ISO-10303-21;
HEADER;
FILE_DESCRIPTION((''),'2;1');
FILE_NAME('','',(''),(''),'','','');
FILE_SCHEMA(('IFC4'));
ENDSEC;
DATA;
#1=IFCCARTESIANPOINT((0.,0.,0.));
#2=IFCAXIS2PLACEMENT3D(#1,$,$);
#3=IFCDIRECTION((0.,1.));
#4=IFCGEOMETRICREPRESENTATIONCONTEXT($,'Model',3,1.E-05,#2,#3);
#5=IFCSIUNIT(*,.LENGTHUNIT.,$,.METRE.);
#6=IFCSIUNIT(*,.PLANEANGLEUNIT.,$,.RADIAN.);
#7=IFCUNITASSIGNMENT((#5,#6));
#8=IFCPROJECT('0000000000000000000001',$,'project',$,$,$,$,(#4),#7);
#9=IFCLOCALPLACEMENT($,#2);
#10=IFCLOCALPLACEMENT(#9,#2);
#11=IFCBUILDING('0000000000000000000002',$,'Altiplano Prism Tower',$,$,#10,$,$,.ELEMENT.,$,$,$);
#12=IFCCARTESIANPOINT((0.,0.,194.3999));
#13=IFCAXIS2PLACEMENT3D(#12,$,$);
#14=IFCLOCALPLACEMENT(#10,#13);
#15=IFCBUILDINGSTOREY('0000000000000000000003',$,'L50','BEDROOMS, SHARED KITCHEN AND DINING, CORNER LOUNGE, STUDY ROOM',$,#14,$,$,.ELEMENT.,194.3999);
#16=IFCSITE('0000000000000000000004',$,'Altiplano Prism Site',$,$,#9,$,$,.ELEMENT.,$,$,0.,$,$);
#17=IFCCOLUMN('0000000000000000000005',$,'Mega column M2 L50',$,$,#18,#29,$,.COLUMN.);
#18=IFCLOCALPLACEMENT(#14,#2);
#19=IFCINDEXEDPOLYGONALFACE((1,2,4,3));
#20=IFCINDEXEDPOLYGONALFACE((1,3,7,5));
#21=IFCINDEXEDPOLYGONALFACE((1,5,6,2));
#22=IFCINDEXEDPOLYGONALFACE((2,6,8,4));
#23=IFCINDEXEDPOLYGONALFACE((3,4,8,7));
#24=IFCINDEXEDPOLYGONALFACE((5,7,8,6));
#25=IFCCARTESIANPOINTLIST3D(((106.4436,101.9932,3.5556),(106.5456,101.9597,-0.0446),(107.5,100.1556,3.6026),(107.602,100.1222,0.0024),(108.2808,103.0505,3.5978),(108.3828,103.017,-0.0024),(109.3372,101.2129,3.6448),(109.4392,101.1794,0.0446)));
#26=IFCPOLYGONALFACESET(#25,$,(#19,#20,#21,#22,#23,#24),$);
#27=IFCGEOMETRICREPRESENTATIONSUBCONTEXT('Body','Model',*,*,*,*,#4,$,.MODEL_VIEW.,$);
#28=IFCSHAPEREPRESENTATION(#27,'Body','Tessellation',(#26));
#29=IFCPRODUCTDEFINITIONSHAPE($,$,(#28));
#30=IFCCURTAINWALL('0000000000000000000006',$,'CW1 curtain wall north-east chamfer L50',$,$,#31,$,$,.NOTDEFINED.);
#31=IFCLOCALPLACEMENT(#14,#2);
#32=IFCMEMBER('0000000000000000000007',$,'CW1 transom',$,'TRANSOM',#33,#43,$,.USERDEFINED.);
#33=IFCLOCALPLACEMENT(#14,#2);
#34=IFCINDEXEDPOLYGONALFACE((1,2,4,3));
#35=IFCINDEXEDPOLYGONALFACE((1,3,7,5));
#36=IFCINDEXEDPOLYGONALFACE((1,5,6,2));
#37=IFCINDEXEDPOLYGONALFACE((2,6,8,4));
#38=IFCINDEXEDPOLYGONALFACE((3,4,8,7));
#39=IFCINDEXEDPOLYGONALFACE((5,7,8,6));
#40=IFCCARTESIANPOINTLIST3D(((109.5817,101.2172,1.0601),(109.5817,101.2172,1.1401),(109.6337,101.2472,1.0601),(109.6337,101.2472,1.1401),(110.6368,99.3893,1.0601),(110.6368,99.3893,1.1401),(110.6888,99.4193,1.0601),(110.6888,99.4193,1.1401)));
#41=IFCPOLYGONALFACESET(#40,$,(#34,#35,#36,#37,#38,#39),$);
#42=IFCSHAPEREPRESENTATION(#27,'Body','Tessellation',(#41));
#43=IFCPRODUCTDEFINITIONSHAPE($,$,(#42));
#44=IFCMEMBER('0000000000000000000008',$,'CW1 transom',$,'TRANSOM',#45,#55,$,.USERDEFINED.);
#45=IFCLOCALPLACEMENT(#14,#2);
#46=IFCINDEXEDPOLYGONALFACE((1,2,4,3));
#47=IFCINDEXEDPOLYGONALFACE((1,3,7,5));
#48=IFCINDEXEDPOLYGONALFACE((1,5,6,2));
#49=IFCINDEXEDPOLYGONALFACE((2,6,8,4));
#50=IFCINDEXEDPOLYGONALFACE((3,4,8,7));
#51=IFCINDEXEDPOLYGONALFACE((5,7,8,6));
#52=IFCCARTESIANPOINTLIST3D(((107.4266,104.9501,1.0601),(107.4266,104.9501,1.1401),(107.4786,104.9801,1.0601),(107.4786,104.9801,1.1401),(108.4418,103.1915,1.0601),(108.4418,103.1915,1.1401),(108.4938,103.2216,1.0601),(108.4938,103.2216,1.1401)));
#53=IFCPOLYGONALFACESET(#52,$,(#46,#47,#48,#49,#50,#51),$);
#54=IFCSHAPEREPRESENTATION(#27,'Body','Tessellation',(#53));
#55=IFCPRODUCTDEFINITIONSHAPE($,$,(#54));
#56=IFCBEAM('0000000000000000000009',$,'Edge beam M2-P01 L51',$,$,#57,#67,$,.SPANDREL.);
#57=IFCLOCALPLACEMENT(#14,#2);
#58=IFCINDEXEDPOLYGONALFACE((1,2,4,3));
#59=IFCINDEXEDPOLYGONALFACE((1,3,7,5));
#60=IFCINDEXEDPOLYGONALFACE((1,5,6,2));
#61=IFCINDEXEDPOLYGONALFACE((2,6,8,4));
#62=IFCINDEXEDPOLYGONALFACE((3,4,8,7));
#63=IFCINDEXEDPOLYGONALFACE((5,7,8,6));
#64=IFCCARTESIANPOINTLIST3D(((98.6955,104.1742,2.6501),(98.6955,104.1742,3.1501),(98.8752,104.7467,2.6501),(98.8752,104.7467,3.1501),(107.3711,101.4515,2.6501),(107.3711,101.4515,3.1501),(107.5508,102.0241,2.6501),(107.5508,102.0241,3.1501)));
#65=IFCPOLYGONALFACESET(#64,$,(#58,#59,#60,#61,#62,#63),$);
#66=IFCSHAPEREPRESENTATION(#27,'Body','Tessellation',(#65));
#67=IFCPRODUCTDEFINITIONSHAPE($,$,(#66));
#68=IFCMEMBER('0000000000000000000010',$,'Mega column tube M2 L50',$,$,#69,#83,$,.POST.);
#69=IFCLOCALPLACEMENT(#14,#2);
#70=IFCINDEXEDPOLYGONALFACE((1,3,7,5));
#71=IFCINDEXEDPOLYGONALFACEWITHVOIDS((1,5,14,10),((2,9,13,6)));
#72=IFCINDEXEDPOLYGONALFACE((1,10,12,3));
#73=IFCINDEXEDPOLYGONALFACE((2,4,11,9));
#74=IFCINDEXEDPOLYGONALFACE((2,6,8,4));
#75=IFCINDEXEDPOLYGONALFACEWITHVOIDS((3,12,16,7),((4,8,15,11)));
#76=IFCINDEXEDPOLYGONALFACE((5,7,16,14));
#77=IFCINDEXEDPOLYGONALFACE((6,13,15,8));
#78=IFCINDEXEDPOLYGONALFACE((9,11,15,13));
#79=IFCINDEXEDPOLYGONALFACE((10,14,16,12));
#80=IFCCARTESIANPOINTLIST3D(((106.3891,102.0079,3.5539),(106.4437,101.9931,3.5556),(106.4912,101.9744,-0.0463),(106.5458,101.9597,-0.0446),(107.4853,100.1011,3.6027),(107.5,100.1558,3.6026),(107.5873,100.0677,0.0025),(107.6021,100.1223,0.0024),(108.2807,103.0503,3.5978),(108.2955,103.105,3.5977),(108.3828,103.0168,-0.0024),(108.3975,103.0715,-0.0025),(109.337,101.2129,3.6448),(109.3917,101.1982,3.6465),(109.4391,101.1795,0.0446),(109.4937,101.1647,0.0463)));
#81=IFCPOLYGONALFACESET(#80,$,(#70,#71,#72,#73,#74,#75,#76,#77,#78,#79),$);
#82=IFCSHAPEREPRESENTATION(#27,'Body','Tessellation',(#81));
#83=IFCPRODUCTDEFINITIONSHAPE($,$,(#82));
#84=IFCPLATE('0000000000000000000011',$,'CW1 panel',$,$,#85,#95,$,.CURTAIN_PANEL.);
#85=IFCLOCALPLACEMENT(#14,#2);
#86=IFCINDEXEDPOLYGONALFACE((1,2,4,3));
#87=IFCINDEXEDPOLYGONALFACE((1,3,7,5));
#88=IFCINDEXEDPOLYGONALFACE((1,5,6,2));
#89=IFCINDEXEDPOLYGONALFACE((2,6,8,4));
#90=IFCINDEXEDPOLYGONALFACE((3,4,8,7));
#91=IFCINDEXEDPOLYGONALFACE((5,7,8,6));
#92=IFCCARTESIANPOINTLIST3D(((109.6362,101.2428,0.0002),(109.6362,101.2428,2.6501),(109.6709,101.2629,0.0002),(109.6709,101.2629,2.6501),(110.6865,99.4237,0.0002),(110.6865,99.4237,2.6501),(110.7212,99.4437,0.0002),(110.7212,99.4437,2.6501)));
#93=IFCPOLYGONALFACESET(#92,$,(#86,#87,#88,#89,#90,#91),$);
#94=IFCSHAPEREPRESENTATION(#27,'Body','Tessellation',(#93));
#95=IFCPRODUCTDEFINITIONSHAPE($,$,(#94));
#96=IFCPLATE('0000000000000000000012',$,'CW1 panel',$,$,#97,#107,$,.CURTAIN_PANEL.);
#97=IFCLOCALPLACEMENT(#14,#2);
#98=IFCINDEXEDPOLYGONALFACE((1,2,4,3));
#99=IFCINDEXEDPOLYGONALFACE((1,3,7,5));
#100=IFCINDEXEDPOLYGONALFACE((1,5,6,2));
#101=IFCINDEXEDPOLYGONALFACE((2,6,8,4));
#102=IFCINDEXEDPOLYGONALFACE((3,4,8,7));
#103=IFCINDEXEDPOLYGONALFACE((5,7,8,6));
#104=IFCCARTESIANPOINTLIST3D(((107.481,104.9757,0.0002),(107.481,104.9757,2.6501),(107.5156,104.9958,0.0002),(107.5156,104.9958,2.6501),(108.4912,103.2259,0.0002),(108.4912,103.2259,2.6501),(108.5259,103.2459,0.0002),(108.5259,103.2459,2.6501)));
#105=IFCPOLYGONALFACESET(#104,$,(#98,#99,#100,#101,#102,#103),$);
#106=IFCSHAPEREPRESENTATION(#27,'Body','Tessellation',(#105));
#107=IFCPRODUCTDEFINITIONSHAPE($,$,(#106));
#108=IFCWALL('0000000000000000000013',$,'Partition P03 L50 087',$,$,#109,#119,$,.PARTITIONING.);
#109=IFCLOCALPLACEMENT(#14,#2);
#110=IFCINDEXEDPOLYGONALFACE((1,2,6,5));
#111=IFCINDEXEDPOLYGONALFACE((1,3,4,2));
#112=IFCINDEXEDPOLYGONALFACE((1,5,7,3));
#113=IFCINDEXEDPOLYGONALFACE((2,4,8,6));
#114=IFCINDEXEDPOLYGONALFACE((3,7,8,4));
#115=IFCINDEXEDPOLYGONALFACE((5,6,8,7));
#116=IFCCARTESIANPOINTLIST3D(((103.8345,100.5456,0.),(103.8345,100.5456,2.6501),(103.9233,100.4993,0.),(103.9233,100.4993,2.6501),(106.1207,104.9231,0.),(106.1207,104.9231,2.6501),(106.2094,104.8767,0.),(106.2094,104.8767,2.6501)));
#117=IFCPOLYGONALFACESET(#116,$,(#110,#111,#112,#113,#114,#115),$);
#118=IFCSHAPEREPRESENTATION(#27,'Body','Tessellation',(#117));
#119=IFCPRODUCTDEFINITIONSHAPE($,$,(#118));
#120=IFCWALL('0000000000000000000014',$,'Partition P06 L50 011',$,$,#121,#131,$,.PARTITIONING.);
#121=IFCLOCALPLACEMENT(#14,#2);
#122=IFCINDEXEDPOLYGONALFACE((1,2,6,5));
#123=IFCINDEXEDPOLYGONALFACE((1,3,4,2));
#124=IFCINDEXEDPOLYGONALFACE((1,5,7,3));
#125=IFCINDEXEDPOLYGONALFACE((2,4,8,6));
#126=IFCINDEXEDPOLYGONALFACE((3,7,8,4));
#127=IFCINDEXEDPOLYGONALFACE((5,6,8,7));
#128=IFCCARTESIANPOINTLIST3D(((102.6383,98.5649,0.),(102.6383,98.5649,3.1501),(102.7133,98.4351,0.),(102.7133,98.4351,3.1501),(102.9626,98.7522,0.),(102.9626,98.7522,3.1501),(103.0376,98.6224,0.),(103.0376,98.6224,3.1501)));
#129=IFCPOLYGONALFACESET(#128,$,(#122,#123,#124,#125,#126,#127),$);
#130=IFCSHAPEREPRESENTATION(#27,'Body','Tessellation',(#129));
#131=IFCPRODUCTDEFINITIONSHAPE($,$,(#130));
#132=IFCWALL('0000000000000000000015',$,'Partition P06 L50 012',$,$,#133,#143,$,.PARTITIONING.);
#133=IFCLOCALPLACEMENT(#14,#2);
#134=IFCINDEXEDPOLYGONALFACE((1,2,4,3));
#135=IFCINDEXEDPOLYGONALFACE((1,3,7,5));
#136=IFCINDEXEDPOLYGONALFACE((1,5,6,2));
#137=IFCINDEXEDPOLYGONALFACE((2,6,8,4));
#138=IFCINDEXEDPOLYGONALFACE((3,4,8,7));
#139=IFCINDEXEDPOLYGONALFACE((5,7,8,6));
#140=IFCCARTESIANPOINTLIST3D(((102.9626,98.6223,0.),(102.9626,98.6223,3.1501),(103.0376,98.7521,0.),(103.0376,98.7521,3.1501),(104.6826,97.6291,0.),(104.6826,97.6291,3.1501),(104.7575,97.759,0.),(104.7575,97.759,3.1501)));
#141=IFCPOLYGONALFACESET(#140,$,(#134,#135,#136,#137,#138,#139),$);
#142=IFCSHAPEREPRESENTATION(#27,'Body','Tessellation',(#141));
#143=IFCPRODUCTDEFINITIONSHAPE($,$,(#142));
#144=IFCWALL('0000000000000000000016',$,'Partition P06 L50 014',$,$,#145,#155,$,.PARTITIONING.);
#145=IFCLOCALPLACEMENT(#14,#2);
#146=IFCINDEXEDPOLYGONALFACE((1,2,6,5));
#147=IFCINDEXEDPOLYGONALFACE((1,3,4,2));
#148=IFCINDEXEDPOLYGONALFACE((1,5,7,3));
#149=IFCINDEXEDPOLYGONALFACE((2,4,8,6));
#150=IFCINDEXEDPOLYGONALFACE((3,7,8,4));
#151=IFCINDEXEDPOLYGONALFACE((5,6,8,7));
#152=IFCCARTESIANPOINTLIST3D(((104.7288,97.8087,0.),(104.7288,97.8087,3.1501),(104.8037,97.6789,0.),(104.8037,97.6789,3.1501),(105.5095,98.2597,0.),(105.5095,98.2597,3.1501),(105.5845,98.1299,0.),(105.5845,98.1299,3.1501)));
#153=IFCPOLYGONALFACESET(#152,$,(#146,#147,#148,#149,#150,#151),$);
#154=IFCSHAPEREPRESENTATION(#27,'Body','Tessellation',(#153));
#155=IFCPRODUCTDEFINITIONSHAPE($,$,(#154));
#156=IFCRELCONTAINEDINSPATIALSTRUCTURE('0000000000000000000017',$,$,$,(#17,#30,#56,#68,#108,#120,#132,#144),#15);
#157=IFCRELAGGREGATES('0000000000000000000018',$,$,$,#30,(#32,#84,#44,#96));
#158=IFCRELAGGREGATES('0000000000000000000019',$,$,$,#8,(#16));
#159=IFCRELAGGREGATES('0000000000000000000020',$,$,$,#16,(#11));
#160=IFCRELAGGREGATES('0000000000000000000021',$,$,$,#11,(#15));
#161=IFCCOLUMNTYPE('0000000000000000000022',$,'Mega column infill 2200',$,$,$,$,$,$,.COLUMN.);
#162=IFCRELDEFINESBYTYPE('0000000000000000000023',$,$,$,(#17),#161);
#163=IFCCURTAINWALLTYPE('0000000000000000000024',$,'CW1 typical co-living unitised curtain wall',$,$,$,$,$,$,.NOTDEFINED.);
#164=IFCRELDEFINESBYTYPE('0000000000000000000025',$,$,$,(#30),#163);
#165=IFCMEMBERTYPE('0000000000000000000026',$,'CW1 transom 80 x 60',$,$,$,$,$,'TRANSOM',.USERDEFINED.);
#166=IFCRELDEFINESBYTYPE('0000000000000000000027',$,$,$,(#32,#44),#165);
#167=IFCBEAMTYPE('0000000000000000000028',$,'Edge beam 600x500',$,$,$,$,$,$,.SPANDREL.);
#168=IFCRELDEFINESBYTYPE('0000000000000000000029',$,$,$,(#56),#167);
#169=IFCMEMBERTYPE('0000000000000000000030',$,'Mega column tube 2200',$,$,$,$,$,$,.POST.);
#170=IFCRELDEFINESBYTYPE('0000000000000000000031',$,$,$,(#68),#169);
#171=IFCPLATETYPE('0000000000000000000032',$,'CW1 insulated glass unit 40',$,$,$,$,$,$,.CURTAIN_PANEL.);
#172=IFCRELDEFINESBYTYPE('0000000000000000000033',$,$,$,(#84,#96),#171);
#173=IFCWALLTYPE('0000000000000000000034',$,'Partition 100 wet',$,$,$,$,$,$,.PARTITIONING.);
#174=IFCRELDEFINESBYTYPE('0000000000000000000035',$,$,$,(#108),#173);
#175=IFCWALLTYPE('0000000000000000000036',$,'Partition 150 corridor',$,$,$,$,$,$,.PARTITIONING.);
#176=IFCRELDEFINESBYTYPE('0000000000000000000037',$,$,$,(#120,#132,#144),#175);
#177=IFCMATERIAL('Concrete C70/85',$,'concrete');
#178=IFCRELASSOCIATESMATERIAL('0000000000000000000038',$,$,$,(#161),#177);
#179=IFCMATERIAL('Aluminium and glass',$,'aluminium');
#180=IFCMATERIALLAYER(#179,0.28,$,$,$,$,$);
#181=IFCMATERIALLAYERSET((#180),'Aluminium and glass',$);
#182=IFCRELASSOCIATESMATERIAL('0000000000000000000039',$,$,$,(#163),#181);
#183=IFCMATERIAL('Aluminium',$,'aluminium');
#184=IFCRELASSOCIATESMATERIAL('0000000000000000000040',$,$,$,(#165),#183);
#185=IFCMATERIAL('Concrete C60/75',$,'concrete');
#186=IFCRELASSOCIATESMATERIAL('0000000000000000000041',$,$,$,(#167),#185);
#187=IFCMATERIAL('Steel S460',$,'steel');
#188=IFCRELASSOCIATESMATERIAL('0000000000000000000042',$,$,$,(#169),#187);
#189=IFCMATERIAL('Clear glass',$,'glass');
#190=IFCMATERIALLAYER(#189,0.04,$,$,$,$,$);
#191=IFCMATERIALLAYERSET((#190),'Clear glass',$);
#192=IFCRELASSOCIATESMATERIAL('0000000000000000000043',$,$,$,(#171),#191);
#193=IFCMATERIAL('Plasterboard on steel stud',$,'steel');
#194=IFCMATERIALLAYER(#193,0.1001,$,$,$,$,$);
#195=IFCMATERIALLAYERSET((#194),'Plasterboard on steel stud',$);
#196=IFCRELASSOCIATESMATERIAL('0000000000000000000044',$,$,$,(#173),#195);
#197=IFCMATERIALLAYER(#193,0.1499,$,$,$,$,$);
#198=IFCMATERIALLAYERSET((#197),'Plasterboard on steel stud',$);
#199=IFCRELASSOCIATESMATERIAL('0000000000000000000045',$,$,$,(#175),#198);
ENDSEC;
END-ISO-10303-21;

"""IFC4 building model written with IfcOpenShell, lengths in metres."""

from ifc_helpers import new_model, si_unit, direction, frame, frame_2d, origin, origin_2d, place, context, subcontext, project, spatial, rectangle, hollow_rectangle, extrude, material, layer, layer_set, material_profile, profile_set, type_object, element, aggregate, save


model = new_model("IFC4")

# Units and contexts
model_context = context("Model", 3, precision=1e-05, world=origin(), true_north=direction((0.0, 1.0)))
body_context = subcontext(model_context, "Body", "Model", "MODEL_VIEW")
ifc_project = project(units=[si_unit("LENGTHUNIT", "METRE"), si_unit("PLANEANGLEUNIT", "RADIAN")], contexts=[model_context])

# Site, building, storey
site_placement = place(None, origin())
site = spatial("IfcSite", under=ifc_project, at=site_placement, Name="Altiplano Prism Site", CompositionType="ELEMENT", RefElevation=0.0)
building_placement = place(site_placement, origin())
building = spatial("IfcBuilding", under=site, at=building_placement, Name="Altiplano Prism Tower", CompositionType="ELEMENT")
storey_placement = place(building_placement, frame((0.0, 0.0, 194.3999)))
storey = spatial("IfcBuildingStorey", under=building, at=storey_placement, Name="L50", Description="BEDROOMS, SHARED KITCHEN AND DINING, CORNER LOUNGE, STUDY ROOM", CompositionType="ELEMENT", Elevation=194.3999)

# Column
ifc_material_1 = material(Name="Concrete C70/85", Category="concrete")
ifc_material_profile_1 = material_profile(ifc_material_1, rectangle(XDim=2.1201, YDim=2.1201, at=origin_2d()), Name="Mega column infill 2200")
ifc_profile_set_1 = profile_set([ifc_material_profile_1], Name="Concrete C70/85")
column_type = type_object("IfcColumnType", Name="Mega column infill 2200", PredefinedType="COLUMN", material=ifc_profile_set_1)
column_placement = place(storey_placement, frame((107.9924, 101.5696, 0.0), z_axis=(-0.028334, 0.009287, 0.999555), x_axis=(0.498275, -0.866735, 0.022177)))
element("IfcColumn", 1, at=column_placement, inside=storey, type_object=column_type, Name="Mega column M2 L50", PredefinedType="COLUMN", context=body_context, shape_type="SweptSolid", body=[
    extrude(rectangle(XDim=2.1201, YDim=2.1201, at=origin_2d()), origin(), (0.0, 0.0, 1.0), 3.6018),
])

# Curtain wall, members
ifc_material_2 = material(Name="Aluminium and glass", Category="aluminium")
ifc_layer_1 = layer(ifc_material_2, 0.28)
ifc_layer_set_1 = layer_set([ifc_layer_1], Name="Aluminium and glass")
curtain_wall_type = type_object("IfcCurtainWallType", Name="CW1 typical co-living unitised curtain wall", PredefinedType="NOTDEFINED", material=ifc_layer_set_1)
curtain_wall_placement = place(storey_placement, origin())
curtain_wall = element("IfcCurtainWall", 2, at=curtain_wall_placement, inside=storey, type_object=curtain_wall_type, Name="CW1 curtain wall north-east chamfer L50", PredefinedType="NOTDEFINED")
ifc_material_3 = material(Name="Aluminium", Category="aluminium")
ifc_material_profile_2 = material_profile(ifc_material_3, rectangle(XDim=0.0601, YDim=0.0801, at=origin_2d()), Name="CW1 transom 80 x 60")
ifc_profile_set_2 = profile_set([ifc_material_profile_2], Name="Aluminium")
member_type_1 = type_object("IfcMemberType", Name="CW1 transom 80 x 60", ElementType="TRANSOM", PredefinedType="USERDEFINED", material=ifc_profile_set_2)
member_1_placement = place(storey_placement, frame((110.6628, 99.4043, 1.1001), z_axis=(-0.499946, 0.866057, 0.0), x_axis=(-0.866057, -0.499946, 0.0)))
member_1 = element("IfcMember", 3, at=member_1_placement, type_object=member_type_1, Name="CW1 transom", ObjectType="TRANSOM", PredefinedType="USERDEFINED", context=body_context, shape_type="SweptSolid", body=[
    extrude(rectangle(XDim=0.0601, YDim=0.0801, at=origin_2d()), origin(), (0.0, 0.0, 1.0), 2.1106),
])
member_2_placement = place(storey_placement, frame((108.4678, 103.2065, 1.1001), z_axis=(-0.499941, 0.866059, 0.0), x_axis=(-0.866059, -0.499941, 0.0)))
member_2 = element("IfcMember", 4, at=member_2_placement, type_object=member_type_1, Name="CW1 transom", ObjectType="TRANSOM", PredefinedType="USERDEFINED", context=body_context, shape_type="SweptSolid", body=[
    extrude(rectangle(XDim=0.0601, YDim=0.0801, at=origin_2d()), origin(), (0.0, 0.0, 1.0), 2.0305),
])

# Beam
ifc_material_4 = material(Name="Concrete C60/75", Category="concrete")
ifc_material_profile_3 = material_profile(ifc_material_4, rectangle(XDim=0.6001, YDim=0.5, at=origin_2d()), Name="Edge beam 600x500")
ifc_profile_set_3 = profile_set([ifc_material_profile_3], Name="Concrete C60/75")
beam_type = type_object("IfcBeamType", Name="Edge beam 600x500", PredefinedType="SPANDREL", material=ifc_profile_set_3)
beam_placement = place(storey_placement, frame((107.4609, 101.7378, 2.9001), z_axis=(-0.954118, 0.299432, 0.0), x_axis=(-0.299432, -0.954118, 0.0)))
element("IfcBeam", 5, at=beam_placement, inside=storey, type_object=beam_type, Name="Edge beam M2-P01 L51", PredefinedType="SPANDREL", context=body_context, shape_type="SweptSolid", body=[
    extrude(rectangle(XDim=0.6001, YDim=0.5, at=origin_2d()), origin(), (0.0, 0.0, 1.0), 9.0928),
])

# Member
ifc_material_5 = material(Name="Steel S460", Category="steel")
ifc_material_profile_4 = material_profile(ifc_material_5, hollow_rectangle(XDim=2.2, YDim=2.2, WallThickness=0.04, at=origin_2d()), Name="Mega column tube 2200")
ifc_profile_set_4 = profile_set([ifc_material_profile_4], Name="Steel S460")
member_type_2 = type_object("IfcMemberType", Name="Mega column tube 2200", PredefinedType="POST", material=ifc_profile_set_4)
member_3_placement = place(storey_placement, frame((107.9924, 101.5696, 0.0), z_axis=(-0.028334, 0.009287, 0.999555), x_axis=(0.498275, -0.866735, 0.022177)))
element("IfcMember", 6, at=member_3_placement, inside=storey, type_object=member_type_2, Name="Mega column tube M2 L50", PredefinedType="POST", context=body_context, shape_type="SweptSolid", body=[
    extrude(hollow_rectangle(XDim=2.2, YDim=2.2, WallThickness=0.04, at=origin_2d()), origin(), (0.0, 0.0, 1.0), 3.6018),
])

# Plates
ifc_material_6 = material(Name="Clear glass", Category="glass")
ifc_layer_2 = layer(ifc_material_6, 0.04)
ifc_layer_set_2 = layer_set([ifc_layer_2], Name="Clear glass")
plate_type = type_object("IfcPlateType", Name="CW1 insulated glass unit 40", PredefinedType="CURTAIN_PANEL", material=ifc_layer_set_2)
plate_1_placement = place(storey_placement, frame((110.1787, 100.3433, 0.0002), z_axis=(0.0, 0.0, 1.0), x_axis=(-0.5, 0.866025, 0.0)))
plate_1 = element("IfcPlate", 7, at=plate_1_placement, type_object=plate_type, Name="CW1 panel", PredefinedType="CURTAIN_PANEL", context=body_context, shape_type="SweptSolid", body=[
    extrude(rectangle(XDim=2.1006, YDim=0.04, at=origin_2d()), origin(), (0.0, 0.0, 1.0), 2.6499),
])
plate_2_placement = place(storey_placement, frame((108.0034, 104.1108, 0.0002), z_axis=(0.0, 0.0, 1.0), x_axis=(-0.5, 0.866025, 0.0)))
plate_2 = element("IfcPlate", 8, at=plate_2_placement, type_object=plate_type, Name="CW1 panel", PredefinedType="CURTAIN_PANEL", context=body_context, shape_type="SweptSolid", body=[
    extrude(rectangle(XDim=2.0205, YDim=0.04, at=origin_2d()), origin(), (0.0, 0.0, 1.0), 2.6499),
])
aggregate(curtain_wall, [member_1, plate_1, member_2, plate_2])

# Walls
ifc_material_7 = material(Name="Plasterboard on steel stud", Category="steel")
ifc_layer_3 = layer(ifc_material_7, 0.1001)
ifc_layer_set_3 = layer_set([ifc_layer_3], Name="Plasterboard on steel stud")
wall_type_1 = type_object("IfcWallType", Name="Partition 100 wet", PredefinedType="PARTITIONING", material=ifc_layer_set_3)
wall_1_placement = place(storey_placement, frame((106.165, 104.8999, 0.0), z_axis=(0.0, 0.0, 1.0), x_axis=(-0.462924, -0.886398, 0.0)))
element("IfcWall", 9, at=wall_1_placement, inside=storey, type_object=wall_type_1, Name="Partition P03 L50 087", PredefinedType="PARTITIONING", context=body_context, shape_type="SweptSolid", body=[
    extrude(rectangle(XDim=4.9385, YDim=0.1001, at=frame_2d((2.4692, 0.0))), origin(), (0.0, 0.0, 1.0), 2.6501),
])
ifc_layer_4 = layer(ifc_material_7, 0.1499)
ifc_layer_set_4 = layer_set([ifc_layer_4], Name="Plasterboard on steel stud")
wall_type_2 = type_object("IfcWallType", Name="Partition 150 corridor", PredefinedType="PARTITIONING", material=ifc_layer_set_4)
wall_2_placement = place(storey_placement, frame((102.6758, 98.5, 0.0), z_axis=(0.0, 0.0, 1.0), x_axis=(0.865947, 0.500136, 0.0)))
element("IfcWall", 10, at=wall_2_placement, inside=storey, type_object=wall_type_2, Name="Partition P06 L50 011", PredefinedType="PARTITIONING", context=body_context, shape_type="SweptSolid", body=[
    extrude(rectangle(XDim=0.3745, YDim=0.1499, at=frame_2d((0.1873, 0.0))), origin(), (0.0, 0.0, 1.0), 3.1501),
])
wall_3_placement = place(storey_placement, frame((103.0, 98.6873, 0.0), z_axis=(0.0, 0.0, 1.0), x_axis=(0.865995, -0.500052, 0.0)))
element("IfcWall", 11, at=wall_3_placement, inside=storey, type_object=wall_type_2, Name="Partition P06 L50 012", PredefinedType="PARTITIONING", context=body_context, shape_type="SweptSolid", body=[
    extrude(rectangle(XDim=1.9861, YDim=0.1499, at=frame_2d((0.9932, 0.0))), origin(), (0.0, 0.0, 1.0), 3.1501),
])
wall_4_placement = place(storey_placement, frame((104.7664, 97.7439, 0.0), z_axis=(0.0, 0.0, 1.0), x_axis=(0.865951, 0.500129, 0.0)))
element("IfcWall", 12, at=wall_4_placement, inside=storey, type_object=wall_type_2, Name="Partition P06 L50 014", PredefinedType="PARTITIONING", context=body_context, shape_type="SweptSolid", body=[
    extrude(rectangle(XDim=0.9016, YDim=0.1499, at=frame_2d((0.4507, 0.0))), origin(), (0.0, 0.0, 1.0), 3.1501),
])

save(model, "model.ifc")
